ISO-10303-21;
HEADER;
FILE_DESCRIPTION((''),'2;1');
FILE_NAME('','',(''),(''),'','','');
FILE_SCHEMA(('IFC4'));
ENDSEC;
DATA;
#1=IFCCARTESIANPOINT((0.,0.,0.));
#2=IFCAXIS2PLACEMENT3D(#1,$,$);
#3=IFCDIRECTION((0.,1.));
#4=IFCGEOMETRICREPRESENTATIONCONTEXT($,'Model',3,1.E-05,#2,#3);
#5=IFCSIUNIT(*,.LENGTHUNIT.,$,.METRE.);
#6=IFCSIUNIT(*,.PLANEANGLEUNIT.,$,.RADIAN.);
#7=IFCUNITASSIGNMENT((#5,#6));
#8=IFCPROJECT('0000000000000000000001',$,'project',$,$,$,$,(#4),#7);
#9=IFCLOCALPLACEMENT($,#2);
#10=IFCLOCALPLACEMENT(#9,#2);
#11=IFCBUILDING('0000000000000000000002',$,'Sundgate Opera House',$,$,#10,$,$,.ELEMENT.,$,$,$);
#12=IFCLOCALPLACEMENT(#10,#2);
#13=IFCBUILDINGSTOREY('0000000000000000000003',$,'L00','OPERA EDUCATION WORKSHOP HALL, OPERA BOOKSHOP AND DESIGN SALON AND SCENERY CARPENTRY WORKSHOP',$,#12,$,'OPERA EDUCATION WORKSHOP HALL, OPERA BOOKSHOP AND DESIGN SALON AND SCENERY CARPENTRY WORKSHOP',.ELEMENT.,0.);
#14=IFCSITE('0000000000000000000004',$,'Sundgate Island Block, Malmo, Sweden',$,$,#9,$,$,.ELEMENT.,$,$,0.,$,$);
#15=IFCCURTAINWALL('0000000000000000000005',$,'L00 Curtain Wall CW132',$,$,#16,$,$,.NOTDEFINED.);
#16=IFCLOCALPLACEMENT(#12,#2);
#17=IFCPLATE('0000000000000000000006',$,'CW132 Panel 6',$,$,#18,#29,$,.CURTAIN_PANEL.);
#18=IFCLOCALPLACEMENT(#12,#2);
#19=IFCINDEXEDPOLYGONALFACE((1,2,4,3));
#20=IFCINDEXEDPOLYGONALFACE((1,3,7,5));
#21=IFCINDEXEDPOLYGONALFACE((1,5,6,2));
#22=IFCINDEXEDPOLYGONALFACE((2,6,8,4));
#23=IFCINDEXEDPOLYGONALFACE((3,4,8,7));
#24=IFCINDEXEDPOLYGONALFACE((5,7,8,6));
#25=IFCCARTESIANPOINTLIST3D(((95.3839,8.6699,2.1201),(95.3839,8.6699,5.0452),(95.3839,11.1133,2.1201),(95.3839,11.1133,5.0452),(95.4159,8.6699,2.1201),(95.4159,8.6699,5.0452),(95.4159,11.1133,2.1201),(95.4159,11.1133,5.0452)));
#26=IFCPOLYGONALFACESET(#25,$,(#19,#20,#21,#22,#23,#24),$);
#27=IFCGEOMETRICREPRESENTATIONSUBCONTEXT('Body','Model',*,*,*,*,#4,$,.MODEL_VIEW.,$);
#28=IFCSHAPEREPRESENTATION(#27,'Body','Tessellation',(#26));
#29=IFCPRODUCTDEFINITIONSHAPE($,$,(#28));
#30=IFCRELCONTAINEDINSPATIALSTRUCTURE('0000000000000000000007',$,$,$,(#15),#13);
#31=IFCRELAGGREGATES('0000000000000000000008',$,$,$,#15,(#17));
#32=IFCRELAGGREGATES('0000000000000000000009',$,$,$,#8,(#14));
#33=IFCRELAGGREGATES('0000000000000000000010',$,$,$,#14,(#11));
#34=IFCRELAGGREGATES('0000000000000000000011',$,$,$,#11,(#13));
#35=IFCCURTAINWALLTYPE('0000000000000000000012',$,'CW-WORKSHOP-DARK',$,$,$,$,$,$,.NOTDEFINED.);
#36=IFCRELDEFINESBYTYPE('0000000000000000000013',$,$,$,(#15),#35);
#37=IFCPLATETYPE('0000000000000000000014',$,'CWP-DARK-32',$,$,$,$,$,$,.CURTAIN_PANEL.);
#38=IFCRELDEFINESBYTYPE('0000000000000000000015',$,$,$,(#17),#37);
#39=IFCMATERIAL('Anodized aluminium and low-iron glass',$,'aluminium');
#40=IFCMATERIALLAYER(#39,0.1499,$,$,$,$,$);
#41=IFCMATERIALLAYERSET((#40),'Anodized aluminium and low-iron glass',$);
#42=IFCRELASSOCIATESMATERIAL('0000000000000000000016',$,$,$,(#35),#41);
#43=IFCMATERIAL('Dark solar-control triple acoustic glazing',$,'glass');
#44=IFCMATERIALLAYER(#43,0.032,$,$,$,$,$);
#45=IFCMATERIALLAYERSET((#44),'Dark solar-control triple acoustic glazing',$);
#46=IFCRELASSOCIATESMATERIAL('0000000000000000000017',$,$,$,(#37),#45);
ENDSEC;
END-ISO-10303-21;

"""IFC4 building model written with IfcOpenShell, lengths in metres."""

from ifc_helpers import new_model, si_unit, direction, frame, origin, origin_2d, place, context, subcontext, project, spatial, rectangle, extrude, material, layer, layer_set, type_object, element, aggregate, save


model = new_model("IFC4")

# Units and contexts
model_context = context("Model", 3, precision=1e-05, world=origin(), true_north=direction((0.0, 1.0)))
body_context = subcontext(model_context, "Body", "Model", "MODEL_VIEW")
ifc_project = project(units=[si_unit("LENGTHUNIT", "METRE"), si_unit("PLANEANGLEUNIT", "RADIAN")], contexts=[model_context])

# Site, building, storey
site_placement = place(None, origin())
site = spatial("IfcSite", under=ifc_project, at=site_placement, Name="Sundgate Island Block, Malmo, Sweden", CompositionType="ELEMENT", RefElevation=0.0)
building_placement = place(site_placement, origin())
building = spatial("IfcBuilding", under=site, at=building_placement, Name="Sundgate Opera House", CompositionType="ELEMENT")
storey_placement = place(building_placement, origin())
storey = spatial("IfcBuildingStorey", under=building, at=storey_placement, Name="L00", Description="OPERA EDUCATION WORKSHOP HALL, OPERA BOOKSHOP AND DESIGN SALON AND SCENERY CARPENTRY WORKSHOP", LongName="OPERA EDUCATION WORKSHOP HALL, OPERA BOOKSHOP AND DESIGN SALON AND SCENERY CARPENTRY WORKSHOP", CompositionType="ELEMENT", Elevation=0.0)

# Curtain wall, plate
ifc_material_1 = material(Name="Anodized aluminium and low-iron glass", Category="aluminium")
ifc_layer_1 = layer(ifc_material_1, 0.1499)
ifc_layer_set_1 = layer_set([ifc_layer_1], Name="Anodized aluminium and low-iron glass")
curtain_wall_type = type_object("IfcCurtainWallType", Name="CW-WORKSHOP-DARK", PredefinedType="NOTDEFINED", material=ifc_layer_set_1)
curtain_wall_placement = place(storey_placement, origin())
curtain_wall = element("IfcCurtainWall", 1, at=curtain_wall_placement, inside=storey, type_object=curtain_wall_type, Name="L00 Curtain Wall CW132", PredefinedType="NOTDEFINED")
ifc_material_2 = material(Name="Dark solar-control triple acoustic glazing", Category="glass")
ifc_layer_2 = layer(ifc_material_2, 0.032)
ifc_layer_set_2 = layer_set([ifc_layer_2], Name="Dark solar-control triple acoustic glazing")
plate_type = type_object("IfcPlateType", Name="CWP-DARK-32", PredefinedType="CURTAIN_PANEL", material=ifc_layer_set_2)
plate_1_placement = place(storey_placement, frame((95.3999, 9.8916, 2.1201), z_axis=(0.0, 0.0, 1.0), x_axis=(0.0, -1.0, 0.0)))
plate_1 = element("IfcPlate", 2, at=plate_1_placement, type_object=plate_type, Name="CW132 Panel 6", PredefinedType="CURTAIN_PANEL", context=body_context, shape_type="SweptSolid", body=[
    extrude(rectangle(XDim=2.4434, YDim=0.032, at=origin_2d()), origin(), (0.0, 0.0, 1.0), 2.925),
])
aggregate(curtain_wall, [plate_1])

save(model, "model.ifc")
